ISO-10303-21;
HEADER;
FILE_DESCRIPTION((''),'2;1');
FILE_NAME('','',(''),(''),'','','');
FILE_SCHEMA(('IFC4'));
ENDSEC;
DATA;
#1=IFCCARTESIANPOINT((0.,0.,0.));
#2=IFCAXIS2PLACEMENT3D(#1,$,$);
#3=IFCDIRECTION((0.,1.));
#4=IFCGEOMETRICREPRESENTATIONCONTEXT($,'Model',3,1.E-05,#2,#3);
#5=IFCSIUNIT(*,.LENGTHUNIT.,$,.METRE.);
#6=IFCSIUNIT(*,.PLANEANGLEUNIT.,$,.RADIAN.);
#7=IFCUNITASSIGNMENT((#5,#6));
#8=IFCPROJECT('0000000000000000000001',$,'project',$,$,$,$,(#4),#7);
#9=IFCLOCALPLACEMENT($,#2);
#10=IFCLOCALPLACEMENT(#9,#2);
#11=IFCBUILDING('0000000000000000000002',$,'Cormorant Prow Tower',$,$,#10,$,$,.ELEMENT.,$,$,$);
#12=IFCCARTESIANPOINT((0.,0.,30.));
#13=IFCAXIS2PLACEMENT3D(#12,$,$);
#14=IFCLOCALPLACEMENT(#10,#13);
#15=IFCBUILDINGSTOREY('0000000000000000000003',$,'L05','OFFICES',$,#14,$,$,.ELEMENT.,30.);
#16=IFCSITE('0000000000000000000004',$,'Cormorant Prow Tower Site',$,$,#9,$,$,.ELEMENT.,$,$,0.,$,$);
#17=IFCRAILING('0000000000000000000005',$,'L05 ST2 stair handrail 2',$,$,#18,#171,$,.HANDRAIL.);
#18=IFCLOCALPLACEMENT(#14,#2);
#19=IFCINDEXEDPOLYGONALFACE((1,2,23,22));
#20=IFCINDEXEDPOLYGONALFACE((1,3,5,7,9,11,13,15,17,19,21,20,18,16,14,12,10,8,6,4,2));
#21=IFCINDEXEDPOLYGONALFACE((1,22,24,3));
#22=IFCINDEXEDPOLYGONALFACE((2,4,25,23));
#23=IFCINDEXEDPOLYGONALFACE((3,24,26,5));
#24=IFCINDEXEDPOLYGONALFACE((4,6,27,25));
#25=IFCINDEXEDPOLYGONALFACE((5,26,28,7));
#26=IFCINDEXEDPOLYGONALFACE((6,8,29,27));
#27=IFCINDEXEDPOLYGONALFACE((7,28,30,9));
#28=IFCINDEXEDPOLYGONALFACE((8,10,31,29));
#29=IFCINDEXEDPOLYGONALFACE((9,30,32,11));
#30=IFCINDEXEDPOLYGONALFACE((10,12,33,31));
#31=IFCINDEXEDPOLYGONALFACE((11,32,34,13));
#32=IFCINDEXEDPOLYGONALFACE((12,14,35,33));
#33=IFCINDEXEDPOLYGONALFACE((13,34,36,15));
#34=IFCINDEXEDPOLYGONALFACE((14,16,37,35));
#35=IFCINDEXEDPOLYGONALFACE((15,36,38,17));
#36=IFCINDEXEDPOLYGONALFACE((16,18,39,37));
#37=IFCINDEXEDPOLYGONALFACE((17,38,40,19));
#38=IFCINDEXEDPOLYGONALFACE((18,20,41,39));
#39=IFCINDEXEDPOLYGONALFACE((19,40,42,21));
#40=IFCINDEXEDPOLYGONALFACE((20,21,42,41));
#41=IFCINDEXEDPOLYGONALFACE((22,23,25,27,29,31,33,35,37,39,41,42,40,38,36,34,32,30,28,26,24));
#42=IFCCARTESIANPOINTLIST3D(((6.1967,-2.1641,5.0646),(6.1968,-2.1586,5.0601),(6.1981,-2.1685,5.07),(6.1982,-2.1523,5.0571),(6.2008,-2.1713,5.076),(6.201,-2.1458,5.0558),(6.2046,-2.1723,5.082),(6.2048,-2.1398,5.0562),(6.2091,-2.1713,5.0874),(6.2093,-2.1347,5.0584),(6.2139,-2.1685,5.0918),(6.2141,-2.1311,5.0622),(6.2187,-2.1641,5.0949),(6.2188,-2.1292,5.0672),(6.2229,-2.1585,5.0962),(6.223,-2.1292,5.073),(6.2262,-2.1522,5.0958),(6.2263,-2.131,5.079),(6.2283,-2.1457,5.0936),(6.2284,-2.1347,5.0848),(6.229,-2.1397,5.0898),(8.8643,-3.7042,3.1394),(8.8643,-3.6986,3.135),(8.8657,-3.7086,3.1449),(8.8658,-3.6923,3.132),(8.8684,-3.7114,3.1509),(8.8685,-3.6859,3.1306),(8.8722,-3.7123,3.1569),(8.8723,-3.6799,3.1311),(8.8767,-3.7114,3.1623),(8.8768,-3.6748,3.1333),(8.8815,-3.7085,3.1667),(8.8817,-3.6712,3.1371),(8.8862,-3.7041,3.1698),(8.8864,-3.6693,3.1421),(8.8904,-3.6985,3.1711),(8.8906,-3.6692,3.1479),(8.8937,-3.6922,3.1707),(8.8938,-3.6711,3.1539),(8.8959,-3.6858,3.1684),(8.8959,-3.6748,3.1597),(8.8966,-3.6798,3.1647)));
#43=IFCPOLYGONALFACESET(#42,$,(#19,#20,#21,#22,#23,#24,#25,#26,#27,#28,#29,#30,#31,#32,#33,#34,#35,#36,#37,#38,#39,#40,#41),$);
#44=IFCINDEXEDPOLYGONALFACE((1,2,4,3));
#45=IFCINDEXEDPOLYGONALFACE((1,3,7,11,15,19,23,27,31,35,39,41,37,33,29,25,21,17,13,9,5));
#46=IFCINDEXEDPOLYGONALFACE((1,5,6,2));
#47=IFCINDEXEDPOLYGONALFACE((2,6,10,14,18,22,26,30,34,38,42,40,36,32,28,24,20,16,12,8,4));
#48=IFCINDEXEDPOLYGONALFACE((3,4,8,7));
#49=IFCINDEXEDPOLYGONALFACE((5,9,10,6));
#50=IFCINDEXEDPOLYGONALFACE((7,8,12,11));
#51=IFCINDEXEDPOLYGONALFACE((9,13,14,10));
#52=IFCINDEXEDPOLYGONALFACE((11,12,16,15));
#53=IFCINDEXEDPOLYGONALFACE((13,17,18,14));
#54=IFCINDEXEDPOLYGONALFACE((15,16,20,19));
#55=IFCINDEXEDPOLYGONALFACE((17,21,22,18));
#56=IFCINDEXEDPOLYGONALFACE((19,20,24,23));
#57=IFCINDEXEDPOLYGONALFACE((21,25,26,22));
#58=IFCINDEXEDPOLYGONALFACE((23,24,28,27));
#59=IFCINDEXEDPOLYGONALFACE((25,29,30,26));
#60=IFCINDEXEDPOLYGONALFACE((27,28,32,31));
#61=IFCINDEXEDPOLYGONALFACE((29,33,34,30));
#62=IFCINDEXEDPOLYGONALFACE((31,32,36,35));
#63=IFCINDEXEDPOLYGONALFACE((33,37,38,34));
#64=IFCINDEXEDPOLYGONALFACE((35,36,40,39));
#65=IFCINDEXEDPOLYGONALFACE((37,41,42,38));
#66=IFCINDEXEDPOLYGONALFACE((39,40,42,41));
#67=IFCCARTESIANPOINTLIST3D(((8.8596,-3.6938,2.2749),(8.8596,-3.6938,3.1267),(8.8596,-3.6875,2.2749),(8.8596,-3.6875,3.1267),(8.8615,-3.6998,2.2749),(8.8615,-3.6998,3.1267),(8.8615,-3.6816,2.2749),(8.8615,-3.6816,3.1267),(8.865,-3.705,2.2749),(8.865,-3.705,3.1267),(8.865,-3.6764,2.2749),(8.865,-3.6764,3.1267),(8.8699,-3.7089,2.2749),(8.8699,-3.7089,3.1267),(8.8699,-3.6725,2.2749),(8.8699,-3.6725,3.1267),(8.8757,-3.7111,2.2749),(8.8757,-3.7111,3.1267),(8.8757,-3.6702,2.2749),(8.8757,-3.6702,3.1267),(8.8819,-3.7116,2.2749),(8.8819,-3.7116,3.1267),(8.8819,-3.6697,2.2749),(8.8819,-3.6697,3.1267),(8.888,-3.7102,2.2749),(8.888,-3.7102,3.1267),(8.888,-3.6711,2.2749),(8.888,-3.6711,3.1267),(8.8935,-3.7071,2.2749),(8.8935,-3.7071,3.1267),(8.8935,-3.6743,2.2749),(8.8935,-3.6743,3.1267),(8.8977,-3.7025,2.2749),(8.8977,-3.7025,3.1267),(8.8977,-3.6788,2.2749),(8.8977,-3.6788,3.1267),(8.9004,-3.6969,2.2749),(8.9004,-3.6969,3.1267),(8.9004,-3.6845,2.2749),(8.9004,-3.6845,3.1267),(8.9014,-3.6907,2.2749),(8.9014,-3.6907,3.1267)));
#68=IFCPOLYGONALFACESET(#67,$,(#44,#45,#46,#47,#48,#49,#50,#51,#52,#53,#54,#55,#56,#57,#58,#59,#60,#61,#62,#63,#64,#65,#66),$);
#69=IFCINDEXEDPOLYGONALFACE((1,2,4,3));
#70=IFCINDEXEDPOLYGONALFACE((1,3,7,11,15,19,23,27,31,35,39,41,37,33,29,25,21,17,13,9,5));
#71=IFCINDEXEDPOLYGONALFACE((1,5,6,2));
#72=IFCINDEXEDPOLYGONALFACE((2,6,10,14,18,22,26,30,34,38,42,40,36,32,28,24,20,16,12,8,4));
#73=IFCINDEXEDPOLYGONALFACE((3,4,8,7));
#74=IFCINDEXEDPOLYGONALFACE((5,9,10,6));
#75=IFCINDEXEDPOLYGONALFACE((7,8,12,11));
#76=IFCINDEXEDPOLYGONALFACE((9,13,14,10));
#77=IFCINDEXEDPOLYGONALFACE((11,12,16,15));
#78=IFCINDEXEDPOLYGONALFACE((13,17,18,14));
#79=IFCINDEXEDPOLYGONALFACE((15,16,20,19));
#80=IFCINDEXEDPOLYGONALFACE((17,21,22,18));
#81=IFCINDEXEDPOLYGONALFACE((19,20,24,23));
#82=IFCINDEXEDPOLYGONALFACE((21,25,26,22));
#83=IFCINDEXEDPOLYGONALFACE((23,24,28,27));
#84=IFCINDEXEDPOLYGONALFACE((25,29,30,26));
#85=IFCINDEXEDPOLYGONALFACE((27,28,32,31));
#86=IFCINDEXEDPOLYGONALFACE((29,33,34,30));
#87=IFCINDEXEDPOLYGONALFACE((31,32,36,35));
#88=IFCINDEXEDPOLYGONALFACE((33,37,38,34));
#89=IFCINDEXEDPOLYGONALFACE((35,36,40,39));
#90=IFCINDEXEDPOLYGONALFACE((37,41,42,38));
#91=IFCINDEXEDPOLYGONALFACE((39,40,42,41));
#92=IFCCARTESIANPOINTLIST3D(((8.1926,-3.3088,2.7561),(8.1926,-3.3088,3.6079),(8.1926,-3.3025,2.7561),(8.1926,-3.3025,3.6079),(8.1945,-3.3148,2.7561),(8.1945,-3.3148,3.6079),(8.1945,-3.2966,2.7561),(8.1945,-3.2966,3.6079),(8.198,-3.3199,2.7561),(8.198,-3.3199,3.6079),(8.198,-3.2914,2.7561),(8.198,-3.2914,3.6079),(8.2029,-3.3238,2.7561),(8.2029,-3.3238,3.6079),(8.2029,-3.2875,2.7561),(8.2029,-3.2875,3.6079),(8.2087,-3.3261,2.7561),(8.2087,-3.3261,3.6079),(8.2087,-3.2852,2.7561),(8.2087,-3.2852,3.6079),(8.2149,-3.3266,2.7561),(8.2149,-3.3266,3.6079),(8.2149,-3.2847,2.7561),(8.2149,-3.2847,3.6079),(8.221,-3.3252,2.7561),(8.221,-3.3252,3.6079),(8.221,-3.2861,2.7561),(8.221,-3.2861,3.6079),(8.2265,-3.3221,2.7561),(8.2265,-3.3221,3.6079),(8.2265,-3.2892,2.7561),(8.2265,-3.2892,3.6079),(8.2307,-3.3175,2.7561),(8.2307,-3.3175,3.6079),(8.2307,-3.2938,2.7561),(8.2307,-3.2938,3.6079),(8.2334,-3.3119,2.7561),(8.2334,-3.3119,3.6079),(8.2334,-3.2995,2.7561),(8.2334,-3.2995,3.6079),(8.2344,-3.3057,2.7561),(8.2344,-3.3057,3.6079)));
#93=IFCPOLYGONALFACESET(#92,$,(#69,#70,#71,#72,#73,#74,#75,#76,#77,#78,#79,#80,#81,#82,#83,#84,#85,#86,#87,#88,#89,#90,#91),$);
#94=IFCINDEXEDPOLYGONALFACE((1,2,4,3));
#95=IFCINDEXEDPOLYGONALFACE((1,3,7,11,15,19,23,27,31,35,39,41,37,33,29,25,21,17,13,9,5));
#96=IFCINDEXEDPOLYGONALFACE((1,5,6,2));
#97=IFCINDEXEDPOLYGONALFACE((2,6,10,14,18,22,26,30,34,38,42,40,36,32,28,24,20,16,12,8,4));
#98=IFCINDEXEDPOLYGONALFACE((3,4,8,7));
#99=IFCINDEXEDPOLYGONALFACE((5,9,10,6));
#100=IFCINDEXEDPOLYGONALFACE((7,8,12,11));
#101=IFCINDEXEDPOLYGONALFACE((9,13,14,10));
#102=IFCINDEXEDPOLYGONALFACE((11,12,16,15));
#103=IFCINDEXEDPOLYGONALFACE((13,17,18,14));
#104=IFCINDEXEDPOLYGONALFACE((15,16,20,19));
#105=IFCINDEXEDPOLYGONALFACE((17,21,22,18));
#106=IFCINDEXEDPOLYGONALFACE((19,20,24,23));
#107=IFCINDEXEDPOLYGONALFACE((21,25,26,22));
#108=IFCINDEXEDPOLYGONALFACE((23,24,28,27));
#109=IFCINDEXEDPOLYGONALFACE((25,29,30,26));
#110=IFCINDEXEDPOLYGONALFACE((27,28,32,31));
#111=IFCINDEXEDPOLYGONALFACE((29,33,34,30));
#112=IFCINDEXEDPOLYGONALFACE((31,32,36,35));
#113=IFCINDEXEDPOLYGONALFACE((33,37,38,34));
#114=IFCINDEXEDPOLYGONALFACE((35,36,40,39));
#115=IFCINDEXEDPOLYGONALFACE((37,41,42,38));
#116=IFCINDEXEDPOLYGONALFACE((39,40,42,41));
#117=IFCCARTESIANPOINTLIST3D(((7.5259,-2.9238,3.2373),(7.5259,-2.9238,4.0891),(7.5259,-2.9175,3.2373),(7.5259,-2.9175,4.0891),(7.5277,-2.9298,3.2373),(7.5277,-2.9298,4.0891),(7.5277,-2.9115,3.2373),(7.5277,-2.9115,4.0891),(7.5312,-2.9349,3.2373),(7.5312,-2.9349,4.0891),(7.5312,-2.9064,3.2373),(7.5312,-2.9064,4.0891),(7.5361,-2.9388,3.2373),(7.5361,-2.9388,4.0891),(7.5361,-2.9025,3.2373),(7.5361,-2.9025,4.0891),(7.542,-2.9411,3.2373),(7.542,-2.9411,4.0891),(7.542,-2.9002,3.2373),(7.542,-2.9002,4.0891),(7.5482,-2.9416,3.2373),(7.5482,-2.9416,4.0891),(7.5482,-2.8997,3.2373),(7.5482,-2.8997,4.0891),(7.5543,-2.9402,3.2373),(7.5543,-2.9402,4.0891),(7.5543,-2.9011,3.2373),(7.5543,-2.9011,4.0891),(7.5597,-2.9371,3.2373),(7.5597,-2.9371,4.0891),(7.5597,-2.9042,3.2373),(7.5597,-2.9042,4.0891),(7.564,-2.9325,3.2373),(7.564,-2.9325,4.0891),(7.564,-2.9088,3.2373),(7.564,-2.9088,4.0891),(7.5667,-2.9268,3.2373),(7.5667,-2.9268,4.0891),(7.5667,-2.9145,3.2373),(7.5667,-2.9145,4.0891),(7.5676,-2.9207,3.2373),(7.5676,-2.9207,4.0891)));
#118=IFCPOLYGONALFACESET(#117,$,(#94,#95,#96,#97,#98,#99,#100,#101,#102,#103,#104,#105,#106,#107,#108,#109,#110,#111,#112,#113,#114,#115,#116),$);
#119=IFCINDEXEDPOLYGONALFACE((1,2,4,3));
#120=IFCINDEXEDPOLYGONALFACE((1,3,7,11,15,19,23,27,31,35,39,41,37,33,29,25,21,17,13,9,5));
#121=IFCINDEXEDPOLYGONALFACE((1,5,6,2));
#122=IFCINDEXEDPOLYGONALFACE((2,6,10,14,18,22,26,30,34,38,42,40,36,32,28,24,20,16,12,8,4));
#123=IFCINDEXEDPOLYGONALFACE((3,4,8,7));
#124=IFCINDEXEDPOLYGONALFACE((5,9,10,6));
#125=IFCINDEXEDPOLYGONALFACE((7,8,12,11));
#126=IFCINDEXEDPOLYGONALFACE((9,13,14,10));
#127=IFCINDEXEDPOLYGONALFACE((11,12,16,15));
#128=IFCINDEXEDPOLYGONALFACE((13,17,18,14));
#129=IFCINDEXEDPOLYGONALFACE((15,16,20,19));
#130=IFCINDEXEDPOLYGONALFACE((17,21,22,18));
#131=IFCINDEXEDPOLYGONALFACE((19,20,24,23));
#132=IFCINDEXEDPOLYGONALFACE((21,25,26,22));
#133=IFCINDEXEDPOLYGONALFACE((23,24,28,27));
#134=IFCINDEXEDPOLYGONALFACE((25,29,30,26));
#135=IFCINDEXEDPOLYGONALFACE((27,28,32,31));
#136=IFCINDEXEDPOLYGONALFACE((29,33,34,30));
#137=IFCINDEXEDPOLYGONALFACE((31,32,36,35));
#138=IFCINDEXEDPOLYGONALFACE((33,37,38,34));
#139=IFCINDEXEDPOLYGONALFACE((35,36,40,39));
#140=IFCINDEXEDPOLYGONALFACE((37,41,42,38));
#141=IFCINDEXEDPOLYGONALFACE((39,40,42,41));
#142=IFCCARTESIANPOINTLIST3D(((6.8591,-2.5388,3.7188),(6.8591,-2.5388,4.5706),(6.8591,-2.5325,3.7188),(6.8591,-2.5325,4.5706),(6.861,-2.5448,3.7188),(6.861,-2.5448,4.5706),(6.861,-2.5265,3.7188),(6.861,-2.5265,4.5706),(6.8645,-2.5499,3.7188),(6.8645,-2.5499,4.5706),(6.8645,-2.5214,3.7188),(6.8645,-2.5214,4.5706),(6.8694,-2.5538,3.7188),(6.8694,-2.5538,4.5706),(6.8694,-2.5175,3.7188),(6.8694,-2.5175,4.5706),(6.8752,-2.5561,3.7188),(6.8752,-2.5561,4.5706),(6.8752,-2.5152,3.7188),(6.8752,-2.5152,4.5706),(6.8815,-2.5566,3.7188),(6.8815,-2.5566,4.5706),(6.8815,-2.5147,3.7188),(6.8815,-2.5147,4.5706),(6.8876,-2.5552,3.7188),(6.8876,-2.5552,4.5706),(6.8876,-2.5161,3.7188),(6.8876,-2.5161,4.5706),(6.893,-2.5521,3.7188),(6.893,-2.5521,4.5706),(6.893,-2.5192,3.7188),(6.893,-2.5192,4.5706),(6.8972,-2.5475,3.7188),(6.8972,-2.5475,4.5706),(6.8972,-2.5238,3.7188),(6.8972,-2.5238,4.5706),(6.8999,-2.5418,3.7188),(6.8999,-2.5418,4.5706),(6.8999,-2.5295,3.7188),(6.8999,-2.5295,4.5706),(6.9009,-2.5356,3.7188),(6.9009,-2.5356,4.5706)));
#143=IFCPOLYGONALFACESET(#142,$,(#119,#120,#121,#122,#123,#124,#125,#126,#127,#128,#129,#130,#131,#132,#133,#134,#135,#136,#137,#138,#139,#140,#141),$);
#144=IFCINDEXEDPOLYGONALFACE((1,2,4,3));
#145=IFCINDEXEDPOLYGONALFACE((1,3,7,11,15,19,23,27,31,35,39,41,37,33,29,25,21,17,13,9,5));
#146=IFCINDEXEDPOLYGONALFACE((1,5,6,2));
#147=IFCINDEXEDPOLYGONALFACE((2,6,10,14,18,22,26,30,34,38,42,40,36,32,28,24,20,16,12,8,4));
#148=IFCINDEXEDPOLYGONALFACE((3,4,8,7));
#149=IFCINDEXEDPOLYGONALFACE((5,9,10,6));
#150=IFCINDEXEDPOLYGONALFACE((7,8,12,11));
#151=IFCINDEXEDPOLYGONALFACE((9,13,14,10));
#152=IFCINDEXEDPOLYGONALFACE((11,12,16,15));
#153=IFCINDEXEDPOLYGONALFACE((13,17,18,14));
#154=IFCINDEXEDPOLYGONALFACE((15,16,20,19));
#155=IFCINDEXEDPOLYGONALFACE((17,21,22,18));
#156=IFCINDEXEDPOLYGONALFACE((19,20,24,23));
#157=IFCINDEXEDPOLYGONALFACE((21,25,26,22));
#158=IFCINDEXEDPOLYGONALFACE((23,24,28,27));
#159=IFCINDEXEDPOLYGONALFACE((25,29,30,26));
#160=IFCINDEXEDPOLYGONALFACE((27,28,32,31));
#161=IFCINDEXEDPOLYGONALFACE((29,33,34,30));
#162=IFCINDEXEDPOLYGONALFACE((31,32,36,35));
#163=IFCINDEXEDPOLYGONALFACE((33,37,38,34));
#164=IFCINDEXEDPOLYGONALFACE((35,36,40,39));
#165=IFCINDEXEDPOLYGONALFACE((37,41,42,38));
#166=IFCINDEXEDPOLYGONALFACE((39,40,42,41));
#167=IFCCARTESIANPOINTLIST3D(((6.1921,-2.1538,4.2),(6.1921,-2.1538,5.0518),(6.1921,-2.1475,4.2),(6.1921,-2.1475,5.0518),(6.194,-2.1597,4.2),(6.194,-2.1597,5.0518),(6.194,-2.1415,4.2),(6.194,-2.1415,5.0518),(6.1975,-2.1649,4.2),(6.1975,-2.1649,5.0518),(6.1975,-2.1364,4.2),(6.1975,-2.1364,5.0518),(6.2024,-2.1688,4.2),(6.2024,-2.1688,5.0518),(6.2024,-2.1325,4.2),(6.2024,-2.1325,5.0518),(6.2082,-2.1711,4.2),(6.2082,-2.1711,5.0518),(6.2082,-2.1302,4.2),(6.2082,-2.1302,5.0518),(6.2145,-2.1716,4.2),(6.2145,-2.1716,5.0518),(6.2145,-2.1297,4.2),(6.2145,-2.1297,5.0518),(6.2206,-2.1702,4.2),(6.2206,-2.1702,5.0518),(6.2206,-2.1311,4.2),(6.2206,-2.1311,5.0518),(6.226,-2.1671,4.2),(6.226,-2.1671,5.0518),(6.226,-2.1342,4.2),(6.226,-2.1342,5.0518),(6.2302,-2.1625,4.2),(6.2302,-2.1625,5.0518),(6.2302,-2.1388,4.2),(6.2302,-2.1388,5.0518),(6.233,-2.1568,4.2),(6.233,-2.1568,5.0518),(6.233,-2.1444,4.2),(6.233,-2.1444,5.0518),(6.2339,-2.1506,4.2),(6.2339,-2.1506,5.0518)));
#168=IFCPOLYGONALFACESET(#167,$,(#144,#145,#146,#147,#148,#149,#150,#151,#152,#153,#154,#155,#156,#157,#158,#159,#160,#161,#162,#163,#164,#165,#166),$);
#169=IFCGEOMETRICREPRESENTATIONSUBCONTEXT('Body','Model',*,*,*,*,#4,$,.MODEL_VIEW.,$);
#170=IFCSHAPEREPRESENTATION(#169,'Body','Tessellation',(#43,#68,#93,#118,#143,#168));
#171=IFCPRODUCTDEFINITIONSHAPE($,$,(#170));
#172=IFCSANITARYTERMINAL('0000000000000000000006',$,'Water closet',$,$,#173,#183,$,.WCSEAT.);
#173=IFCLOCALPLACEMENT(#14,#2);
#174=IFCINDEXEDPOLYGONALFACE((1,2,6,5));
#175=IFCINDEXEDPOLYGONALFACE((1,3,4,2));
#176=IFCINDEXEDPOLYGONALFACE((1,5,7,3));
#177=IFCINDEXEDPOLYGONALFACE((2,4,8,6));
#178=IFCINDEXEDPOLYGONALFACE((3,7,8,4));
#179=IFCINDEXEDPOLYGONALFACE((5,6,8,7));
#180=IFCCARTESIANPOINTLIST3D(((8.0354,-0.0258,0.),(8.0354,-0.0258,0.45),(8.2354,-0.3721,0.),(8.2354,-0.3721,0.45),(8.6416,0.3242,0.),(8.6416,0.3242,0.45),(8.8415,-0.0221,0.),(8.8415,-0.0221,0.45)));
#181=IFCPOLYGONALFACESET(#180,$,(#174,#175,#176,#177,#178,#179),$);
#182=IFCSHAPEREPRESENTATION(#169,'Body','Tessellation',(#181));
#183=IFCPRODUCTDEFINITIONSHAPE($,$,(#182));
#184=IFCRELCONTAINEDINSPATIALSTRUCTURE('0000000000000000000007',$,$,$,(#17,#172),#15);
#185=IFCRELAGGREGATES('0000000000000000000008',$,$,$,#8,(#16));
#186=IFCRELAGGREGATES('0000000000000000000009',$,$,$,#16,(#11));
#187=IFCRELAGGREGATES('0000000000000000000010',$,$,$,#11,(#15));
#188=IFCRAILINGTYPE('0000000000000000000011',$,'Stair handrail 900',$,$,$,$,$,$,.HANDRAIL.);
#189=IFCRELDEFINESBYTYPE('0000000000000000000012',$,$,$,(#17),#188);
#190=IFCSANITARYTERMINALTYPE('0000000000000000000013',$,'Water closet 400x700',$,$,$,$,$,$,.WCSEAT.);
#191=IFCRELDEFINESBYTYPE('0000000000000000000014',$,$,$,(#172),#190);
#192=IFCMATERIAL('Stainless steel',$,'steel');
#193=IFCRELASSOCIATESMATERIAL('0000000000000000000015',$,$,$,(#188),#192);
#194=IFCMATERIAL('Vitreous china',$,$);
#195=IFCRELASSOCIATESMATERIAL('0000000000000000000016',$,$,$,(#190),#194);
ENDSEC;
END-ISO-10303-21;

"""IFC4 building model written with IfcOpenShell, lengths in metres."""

from ifc_helpers import new_model, si_unit, direction, frame, origin, origin_2d, place, context, subcontext, project, spatial, rectangle, circle, extrude, material, type_object, element, save


model = new_model("IFC4")

# Units and contexts
model_context = context("Model", 3, precision=1e-05, world=origin(), true_north=direction((0.0, 1.0)))
body_context = subcontext(model_context, "Body", "Model", "MODEL_VIEW")
ifc_project = project(units=[si_unit("LENGTHUNIT", "METRE"), si_unit("PLANEANGLEUNIT", "RADIAN")], contexts=[model_context])

# Site, building, storey
site_placement = place(None, origin())
site = spatial("IfcSite", under=ifc_project, at=site_placement, Name="Cormorant Prow Tower Site", CompositionType="ELEMENT", RefElevation=0.0)
building_placement = place(site_placement, origin())
building = spatial("IfcBuilding", under=site, at=building_placement, Name="Cormorant Prow Tower", CompositionType="ELEMENT")
storey_placement = place(building_placement, frame((0.0, 0.0, 30.0)))
storey = spatial("IfcBuildingStorey", under=building, at=storey_placement, Name="L05", Description="OFFICES", CompositionType="ELEMENT", Elevation=30.0)

# Railing
ifc_material_1 = material(Name="Stainless steel", Category="steel")
railing_type_1 = type_object("IfcRailingType", Name="Stair handrail 900", PredefinedType="HANDRAIL", material=ifc_material_1)
railing_1_placement = place(storey_placement, frame((8.8804, -3.6907, 2.2749)))
element("IfcRailing", 1, at=railing_1_placement, inside=storey, type_object=railing_type_1, Name="L05 ST2 stair handrail 2", PredefinedType="HANDRAIL", context=body_context, shape_type="SweptSolid", body=[
    extrude(circle(Radius=0.0239, at=origin_2d()), frame((0.0, 0.0, 0.876), z_axis=(-0.734395, 0.423994, 0.529993), x_axis=(-0.499992, -0.86603, 0.0)), (0.0, 0.0, 1.0), 3.6323),
    extrude(circle(Radius=0.021, at=origin_2d()), origin(), (0.0, 0.0, 1.0), 0.8518),
    extrude(circle(Radius=0.021, at=origin_2d()), frame((-0.667, 0.385, 0.4812)), (0.0, 0.0, 1.0), 0.8518),
    extrude(circle(Radius=0.021, at=origin_2d()), frame((-1.3337, 0.77, 0.9624)), (0.0, 0.0, 1.0), 0.8518),
    extrude(circle(Radius=0.021, at=origin_2d()), frame((-2.0005, 1.155, 1.4438)), (0.0, 0.0, 1.0), 0.8518),
    extrude(circle(Radius=0.021, at=origin_2d()), frame((-2.6675, 1.54, 1.925)), (0.0, 0.0, 1.0), 0.8518),
])

# Sanitary terminal
ifc_material_2 = material(Name="Vitreous china")
sanitary_terminal_type = type_object("IfcSanitaryTerminalType", Name="Water closet 400x700", PredefinedType="WCSEAT", material=ifc_material_2)
sanitary_terminal_placement = place(storey_placement, frame((8.4385, -0.0239, 0.0), z_axis=(0.0, 0.0, 1.0), x_axis=(0.5, -0.866025, 0.0)))
element("IfcSanitaryTerminal", 2, at=sanitary_terminal_placement, inside=storey, type_object=sanitary_terminal_type, Name="Water closet", PredefinedType="WCSEAT", context=body_context, shape_type="SweptSolid", body=[
    extrude(rectangle(XDim=0.3999, YDim=0.7, at=origin_2d()), origin(), (0.0, 0.0, 1.0), 0.45),
])

save(model, "model.ifc")
